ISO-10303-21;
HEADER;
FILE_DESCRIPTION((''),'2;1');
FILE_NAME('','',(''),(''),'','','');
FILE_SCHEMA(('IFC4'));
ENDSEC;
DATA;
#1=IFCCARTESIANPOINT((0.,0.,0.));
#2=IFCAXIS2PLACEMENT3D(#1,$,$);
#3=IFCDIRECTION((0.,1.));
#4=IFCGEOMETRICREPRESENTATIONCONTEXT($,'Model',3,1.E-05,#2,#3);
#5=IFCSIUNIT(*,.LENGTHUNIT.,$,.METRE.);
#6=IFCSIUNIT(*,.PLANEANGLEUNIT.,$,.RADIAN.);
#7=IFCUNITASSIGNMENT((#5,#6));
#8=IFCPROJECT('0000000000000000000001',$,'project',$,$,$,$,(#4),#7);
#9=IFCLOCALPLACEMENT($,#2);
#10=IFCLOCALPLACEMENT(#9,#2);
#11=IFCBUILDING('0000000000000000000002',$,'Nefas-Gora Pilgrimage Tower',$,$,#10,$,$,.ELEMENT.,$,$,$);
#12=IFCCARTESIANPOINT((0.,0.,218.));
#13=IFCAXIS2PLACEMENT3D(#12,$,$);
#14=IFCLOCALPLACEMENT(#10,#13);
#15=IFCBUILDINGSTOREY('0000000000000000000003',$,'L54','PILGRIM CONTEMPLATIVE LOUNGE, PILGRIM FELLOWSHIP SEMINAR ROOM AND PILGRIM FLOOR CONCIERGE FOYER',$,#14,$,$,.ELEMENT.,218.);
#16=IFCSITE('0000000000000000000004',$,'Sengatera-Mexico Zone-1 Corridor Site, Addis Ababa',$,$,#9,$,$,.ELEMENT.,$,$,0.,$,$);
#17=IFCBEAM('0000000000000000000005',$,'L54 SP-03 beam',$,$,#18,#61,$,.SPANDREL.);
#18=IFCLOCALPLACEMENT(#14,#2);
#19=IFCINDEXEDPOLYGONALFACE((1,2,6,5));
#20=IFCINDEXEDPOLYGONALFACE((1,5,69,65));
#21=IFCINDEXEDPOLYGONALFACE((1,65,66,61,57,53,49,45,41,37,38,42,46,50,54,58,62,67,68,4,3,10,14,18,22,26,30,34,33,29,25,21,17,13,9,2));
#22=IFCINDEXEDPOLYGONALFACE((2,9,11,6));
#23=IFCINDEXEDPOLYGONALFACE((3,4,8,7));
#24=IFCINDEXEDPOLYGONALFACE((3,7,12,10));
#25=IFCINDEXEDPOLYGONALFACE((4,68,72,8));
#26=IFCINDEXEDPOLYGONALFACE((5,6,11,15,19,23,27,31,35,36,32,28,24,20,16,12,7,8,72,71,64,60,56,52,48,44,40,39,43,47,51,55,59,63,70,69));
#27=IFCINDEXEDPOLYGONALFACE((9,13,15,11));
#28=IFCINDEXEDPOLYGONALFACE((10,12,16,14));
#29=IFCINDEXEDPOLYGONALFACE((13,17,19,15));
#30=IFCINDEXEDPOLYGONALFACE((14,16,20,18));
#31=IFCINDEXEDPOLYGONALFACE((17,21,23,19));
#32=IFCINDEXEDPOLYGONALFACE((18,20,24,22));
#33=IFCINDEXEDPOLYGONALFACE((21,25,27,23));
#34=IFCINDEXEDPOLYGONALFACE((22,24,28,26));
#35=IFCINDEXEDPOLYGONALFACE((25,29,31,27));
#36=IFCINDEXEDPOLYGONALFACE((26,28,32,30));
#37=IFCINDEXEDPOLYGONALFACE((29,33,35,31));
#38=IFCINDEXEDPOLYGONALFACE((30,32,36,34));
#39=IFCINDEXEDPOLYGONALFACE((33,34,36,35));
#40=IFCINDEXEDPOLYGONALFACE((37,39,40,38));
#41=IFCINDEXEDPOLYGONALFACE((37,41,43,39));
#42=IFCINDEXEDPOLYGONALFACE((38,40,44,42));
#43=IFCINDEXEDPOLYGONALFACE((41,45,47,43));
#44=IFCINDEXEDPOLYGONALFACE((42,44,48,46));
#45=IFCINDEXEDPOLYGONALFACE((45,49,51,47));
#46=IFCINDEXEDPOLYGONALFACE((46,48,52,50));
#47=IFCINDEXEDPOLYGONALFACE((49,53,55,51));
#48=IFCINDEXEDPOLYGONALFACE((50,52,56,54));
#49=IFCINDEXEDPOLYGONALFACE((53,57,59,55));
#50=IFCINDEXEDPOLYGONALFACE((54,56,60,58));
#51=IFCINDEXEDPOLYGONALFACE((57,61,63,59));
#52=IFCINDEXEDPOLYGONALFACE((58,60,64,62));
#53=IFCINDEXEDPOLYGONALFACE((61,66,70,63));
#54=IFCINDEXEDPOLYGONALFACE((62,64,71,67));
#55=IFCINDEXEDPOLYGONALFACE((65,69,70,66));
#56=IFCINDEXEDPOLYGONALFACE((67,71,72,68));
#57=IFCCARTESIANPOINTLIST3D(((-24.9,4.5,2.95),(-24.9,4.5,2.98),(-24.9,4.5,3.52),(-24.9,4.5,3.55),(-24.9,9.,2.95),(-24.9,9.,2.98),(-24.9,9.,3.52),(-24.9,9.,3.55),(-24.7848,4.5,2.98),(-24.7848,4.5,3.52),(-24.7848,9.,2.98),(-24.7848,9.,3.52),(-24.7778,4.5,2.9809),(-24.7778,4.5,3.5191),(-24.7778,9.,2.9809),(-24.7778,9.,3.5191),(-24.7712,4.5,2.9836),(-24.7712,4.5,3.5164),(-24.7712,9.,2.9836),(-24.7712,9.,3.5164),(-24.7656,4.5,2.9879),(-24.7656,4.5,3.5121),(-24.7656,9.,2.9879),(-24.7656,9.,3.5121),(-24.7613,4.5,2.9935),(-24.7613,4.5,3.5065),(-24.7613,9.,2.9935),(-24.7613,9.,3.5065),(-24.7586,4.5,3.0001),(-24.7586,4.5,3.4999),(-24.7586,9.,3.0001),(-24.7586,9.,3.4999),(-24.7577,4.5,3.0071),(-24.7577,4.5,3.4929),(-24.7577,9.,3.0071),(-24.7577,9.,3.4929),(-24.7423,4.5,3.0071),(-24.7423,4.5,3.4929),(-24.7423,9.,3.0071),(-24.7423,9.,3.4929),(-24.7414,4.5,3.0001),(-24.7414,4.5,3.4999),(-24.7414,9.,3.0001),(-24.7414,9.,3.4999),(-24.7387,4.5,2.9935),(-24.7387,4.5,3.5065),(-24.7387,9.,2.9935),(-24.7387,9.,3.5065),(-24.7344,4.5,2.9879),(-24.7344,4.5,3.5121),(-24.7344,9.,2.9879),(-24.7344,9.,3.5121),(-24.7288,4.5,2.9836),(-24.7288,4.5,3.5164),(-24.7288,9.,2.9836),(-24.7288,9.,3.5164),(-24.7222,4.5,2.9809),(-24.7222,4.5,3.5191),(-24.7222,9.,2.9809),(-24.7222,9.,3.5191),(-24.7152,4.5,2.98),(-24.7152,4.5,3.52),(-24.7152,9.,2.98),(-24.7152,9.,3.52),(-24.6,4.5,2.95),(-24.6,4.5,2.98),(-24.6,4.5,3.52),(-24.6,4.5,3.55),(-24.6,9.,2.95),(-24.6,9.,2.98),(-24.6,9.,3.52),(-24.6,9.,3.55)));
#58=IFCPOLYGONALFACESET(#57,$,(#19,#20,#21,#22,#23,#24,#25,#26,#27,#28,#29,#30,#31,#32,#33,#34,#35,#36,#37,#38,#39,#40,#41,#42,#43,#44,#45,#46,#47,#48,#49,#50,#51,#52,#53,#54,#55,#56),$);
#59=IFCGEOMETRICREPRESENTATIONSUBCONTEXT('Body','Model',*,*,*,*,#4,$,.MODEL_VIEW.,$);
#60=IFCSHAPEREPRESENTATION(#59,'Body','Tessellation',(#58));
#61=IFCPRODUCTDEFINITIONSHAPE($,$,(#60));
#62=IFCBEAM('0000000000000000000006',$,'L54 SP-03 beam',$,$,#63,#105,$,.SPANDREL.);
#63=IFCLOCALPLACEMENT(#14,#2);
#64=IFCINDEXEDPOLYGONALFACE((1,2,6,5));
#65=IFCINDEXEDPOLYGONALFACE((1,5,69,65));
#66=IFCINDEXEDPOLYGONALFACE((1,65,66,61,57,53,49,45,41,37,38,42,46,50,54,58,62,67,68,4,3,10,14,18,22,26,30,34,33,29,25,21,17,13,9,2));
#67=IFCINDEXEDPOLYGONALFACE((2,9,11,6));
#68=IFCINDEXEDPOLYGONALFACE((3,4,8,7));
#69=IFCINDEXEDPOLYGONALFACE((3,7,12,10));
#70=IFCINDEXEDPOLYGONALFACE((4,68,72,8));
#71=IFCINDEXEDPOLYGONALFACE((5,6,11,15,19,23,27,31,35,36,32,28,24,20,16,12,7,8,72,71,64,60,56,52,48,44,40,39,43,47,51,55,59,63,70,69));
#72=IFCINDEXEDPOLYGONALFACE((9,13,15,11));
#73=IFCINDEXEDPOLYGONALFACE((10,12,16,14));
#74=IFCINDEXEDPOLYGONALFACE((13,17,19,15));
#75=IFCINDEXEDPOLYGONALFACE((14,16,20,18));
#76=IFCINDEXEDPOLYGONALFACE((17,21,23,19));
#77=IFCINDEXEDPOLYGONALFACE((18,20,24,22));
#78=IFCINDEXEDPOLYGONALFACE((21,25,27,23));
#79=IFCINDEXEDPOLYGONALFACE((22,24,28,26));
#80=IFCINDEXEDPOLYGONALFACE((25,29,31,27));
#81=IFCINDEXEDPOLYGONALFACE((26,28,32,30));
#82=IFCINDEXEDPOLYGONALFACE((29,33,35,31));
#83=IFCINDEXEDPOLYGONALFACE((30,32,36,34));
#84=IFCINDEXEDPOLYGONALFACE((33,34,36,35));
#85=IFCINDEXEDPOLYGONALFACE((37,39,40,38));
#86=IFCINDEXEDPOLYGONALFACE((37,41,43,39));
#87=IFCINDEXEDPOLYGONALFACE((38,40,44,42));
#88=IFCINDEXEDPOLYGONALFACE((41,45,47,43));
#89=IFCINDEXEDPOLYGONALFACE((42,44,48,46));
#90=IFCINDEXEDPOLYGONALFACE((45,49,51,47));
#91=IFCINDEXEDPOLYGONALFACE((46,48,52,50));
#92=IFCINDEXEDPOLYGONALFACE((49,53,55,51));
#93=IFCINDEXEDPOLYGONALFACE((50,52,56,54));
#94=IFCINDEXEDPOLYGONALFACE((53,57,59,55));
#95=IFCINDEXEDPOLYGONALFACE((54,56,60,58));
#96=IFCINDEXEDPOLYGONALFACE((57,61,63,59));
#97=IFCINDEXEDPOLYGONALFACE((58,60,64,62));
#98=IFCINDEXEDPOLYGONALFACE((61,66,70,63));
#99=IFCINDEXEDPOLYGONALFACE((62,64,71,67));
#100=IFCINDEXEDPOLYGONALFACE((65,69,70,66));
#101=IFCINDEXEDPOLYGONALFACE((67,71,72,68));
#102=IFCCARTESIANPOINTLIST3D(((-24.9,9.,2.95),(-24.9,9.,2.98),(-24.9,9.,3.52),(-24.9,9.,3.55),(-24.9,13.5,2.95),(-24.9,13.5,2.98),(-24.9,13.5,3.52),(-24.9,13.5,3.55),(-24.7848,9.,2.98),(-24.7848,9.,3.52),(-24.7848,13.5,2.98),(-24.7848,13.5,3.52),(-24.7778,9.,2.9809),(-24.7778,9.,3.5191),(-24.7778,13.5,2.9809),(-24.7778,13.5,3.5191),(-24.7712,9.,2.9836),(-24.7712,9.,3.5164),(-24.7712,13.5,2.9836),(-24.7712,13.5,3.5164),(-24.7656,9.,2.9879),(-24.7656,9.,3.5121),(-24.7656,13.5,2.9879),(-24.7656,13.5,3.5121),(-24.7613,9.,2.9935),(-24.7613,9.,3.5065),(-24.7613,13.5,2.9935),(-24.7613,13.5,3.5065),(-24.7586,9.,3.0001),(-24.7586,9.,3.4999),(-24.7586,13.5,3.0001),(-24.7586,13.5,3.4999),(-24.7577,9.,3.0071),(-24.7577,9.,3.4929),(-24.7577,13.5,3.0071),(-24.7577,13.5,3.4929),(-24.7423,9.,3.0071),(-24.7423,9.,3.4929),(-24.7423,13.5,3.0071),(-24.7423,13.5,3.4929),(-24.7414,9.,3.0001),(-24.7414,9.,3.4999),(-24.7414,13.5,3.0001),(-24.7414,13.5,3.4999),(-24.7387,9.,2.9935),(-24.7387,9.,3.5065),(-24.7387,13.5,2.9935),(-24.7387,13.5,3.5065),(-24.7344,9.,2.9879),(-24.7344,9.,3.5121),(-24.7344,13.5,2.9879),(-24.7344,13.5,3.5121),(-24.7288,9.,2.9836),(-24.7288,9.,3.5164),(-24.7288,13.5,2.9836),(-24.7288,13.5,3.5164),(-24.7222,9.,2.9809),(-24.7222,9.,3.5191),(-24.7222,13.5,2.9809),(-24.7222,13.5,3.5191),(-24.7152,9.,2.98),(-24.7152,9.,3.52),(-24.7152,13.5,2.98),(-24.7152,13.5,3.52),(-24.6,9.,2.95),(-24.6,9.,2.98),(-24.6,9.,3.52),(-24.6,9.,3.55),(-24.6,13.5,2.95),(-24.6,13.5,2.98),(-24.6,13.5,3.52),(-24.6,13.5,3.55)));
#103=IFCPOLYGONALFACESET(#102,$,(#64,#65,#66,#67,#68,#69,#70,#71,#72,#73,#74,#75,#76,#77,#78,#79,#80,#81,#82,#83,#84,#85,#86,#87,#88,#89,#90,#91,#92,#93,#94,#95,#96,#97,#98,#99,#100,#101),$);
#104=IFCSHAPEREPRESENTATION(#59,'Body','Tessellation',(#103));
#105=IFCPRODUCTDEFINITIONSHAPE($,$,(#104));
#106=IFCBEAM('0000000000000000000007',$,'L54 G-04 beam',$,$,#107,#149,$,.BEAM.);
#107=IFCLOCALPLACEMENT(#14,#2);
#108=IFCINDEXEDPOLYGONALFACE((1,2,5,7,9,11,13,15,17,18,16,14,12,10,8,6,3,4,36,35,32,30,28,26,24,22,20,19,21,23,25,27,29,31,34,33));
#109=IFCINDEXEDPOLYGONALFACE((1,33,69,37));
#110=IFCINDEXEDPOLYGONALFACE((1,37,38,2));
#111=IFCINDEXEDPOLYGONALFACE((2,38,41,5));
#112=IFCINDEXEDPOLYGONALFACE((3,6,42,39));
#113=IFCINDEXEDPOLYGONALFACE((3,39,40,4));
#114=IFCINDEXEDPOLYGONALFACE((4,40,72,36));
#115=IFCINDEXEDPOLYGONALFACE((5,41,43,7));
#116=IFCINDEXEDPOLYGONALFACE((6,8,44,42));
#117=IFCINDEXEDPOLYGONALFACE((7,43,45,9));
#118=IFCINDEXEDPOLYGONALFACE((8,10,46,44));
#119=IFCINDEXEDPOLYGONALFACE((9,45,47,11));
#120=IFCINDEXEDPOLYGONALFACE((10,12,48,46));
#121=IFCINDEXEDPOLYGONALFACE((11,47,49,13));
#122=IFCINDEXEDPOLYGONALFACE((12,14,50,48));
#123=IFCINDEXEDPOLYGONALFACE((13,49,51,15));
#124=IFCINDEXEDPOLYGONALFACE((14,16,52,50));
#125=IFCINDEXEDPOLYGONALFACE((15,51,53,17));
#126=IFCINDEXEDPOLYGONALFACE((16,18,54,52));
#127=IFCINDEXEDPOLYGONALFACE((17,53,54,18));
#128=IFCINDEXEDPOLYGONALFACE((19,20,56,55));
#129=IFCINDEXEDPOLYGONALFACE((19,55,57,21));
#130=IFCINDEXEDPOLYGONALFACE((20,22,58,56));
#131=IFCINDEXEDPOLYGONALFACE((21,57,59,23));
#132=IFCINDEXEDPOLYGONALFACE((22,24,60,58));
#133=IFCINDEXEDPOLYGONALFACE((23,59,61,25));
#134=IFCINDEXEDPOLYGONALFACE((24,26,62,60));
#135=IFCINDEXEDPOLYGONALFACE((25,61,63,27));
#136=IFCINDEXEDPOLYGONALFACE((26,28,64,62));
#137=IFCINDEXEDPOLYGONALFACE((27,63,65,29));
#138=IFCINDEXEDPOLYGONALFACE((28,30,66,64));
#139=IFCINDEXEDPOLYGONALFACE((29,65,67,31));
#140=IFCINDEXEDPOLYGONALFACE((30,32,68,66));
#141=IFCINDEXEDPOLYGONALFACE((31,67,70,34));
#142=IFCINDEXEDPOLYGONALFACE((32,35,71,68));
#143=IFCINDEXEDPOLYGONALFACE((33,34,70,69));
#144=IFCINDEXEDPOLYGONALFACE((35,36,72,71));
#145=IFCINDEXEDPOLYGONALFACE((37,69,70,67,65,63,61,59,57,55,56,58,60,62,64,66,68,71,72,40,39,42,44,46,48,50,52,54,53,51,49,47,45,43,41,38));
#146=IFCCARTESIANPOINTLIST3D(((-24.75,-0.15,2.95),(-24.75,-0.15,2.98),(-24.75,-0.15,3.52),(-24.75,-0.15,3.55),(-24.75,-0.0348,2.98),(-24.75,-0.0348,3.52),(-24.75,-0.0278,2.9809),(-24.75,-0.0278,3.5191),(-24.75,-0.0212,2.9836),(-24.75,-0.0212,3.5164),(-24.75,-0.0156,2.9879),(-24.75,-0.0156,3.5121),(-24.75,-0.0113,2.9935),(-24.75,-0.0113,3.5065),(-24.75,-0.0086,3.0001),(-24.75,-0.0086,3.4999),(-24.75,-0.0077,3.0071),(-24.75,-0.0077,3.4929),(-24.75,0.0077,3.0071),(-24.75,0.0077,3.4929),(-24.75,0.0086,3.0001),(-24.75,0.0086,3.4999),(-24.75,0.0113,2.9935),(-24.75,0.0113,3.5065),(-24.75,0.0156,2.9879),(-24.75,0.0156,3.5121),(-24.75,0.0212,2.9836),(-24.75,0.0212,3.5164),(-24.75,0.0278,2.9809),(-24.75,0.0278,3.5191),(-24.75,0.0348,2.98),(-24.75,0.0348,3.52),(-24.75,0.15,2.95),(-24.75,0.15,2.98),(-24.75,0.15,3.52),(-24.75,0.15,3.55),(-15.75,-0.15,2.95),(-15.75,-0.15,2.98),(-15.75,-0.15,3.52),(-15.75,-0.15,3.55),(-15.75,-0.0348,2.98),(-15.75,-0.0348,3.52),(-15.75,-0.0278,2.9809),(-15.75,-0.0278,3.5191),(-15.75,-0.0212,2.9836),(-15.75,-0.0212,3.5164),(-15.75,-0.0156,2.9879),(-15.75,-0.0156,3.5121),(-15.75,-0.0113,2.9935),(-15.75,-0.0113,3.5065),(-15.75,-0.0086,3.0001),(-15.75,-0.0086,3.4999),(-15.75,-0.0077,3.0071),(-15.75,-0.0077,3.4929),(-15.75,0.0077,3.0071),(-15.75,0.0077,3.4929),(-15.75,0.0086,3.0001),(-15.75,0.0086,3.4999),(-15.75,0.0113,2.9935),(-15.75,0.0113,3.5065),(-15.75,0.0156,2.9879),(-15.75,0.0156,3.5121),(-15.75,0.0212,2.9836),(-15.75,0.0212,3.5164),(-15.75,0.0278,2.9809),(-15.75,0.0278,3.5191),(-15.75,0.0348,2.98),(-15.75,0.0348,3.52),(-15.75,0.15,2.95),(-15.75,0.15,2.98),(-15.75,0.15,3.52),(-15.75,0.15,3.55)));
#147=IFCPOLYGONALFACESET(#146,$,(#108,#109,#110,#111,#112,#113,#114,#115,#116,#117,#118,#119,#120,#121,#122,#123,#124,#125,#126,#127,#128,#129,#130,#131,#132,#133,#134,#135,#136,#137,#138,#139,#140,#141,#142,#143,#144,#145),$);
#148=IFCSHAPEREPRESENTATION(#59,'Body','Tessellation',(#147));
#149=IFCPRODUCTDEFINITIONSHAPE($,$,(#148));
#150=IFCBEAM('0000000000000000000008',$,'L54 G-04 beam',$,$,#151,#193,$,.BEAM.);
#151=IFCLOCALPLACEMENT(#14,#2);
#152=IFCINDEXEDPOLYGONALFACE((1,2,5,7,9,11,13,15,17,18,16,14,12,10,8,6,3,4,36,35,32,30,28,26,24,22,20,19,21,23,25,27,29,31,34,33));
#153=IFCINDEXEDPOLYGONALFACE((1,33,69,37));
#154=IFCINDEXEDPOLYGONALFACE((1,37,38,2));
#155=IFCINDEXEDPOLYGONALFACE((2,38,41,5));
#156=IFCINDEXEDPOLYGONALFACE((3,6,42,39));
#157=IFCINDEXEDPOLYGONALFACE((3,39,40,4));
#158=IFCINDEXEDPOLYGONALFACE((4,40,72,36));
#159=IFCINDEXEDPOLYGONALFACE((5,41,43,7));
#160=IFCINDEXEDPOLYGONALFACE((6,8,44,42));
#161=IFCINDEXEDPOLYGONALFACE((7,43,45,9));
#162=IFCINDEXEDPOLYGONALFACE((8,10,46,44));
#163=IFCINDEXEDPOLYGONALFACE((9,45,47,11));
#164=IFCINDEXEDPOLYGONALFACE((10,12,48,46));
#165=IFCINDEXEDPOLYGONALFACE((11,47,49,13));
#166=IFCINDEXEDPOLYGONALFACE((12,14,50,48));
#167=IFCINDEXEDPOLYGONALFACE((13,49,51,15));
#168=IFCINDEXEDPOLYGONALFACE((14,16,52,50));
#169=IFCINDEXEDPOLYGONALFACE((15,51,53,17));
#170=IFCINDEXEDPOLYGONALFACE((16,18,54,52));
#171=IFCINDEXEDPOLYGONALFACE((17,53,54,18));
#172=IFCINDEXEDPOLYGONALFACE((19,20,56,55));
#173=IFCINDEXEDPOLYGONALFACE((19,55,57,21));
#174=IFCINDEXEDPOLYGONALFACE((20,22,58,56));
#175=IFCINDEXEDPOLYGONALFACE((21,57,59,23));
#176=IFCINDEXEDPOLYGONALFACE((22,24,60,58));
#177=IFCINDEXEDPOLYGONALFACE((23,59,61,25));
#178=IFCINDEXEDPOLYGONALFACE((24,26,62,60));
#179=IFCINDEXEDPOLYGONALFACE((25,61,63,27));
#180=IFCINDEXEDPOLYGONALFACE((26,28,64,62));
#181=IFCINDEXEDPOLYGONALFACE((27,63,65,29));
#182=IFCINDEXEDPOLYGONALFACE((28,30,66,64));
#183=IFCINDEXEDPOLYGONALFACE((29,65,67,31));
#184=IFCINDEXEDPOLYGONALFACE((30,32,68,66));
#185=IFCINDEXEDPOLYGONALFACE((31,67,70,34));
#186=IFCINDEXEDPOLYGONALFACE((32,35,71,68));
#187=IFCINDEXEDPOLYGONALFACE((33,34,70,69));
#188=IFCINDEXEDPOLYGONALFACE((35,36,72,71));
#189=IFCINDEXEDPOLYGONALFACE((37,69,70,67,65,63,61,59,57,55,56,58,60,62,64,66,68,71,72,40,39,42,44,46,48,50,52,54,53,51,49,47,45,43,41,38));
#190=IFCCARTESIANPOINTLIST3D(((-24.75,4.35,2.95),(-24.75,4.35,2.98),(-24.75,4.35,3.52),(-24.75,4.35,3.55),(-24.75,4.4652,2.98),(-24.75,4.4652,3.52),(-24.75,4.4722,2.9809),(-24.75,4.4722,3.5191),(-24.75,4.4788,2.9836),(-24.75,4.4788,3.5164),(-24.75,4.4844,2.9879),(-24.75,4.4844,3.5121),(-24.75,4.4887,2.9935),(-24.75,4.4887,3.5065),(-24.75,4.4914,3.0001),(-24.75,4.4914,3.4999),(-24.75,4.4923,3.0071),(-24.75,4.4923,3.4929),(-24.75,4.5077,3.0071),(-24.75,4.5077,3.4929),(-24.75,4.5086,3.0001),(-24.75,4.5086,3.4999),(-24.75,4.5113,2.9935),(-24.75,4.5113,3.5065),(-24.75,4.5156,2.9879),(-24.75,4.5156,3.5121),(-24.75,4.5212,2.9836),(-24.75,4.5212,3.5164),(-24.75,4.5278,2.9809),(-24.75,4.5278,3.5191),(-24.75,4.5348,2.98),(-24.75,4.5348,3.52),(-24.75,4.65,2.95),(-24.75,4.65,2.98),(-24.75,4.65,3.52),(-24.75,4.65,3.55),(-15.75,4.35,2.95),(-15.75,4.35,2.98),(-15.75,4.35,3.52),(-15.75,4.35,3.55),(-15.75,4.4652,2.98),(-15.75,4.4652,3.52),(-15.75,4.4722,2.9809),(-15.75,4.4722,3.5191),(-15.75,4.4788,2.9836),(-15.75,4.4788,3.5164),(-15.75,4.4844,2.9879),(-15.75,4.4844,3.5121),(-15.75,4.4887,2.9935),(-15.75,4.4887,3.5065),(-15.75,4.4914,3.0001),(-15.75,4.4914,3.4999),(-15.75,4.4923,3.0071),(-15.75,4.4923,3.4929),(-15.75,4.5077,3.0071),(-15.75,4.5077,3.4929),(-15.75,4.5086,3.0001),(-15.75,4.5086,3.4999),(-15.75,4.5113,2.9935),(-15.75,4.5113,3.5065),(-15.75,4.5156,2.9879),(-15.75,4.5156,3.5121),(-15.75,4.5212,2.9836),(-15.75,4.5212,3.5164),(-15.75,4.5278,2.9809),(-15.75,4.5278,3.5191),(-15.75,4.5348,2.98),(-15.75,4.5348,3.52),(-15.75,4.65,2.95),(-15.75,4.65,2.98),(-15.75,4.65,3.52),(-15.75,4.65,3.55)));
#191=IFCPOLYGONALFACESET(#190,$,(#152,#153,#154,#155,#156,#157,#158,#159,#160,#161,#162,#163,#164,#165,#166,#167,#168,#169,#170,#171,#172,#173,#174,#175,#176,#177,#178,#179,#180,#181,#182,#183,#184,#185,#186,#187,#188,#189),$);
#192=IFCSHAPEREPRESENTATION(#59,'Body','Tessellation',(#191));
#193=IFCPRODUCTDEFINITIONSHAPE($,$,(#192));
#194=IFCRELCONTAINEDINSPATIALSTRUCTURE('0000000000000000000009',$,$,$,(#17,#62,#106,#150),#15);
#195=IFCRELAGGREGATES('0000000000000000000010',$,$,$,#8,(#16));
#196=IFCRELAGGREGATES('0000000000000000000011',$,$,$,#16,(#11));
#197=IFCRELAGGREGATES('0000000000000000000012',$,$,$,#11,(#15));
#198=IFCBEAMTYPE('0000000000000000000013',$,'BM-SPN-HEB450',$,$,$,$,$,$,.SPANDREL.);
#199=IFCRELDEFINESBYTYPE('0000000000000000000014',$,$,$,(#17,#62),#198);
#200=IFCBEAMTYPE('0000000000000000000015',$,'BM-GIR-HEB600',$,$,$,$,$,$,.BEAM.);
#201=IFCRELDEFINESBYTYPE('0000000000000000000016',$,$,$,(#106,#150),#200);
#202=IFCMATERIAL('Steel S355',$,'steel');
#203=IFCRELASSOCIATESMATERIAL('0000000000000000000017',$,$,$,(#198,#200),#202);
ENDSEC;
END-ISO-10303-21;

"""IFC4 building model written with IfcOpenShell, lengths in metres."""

from ifc_helpers import new_model, si_unit, direction, frame, origin, origin_2d, place, context, subcontext, project, spatial, i_section, extrude, source, transform, mapped, material, material_profile, profile_set, type_object, element, save


model = new_model("IFC4")

# Units and contexts
model_context = context("Model", 3, precision=1e-05, world=origin(), true_north=direction((0.0, 1.0)))
body_context = subcontext(model_context, "Body", "Model", "MODEL_VIEW")
ifc_project = project(units=[si_unit("LENGTHUNIT", "METRE"), si_unit("PLANEANGLEUNIT", "RADIAN")], contexts=[model_context])

# Site, building, storey
site_placement = place(None, origin())
site = spatial("IfcSite", under=ifc_project, at=site_placement, Name="Sengatera-Mexico Zone-1 Corridor Site, Addis Ababa", CompositionType="ELEMENT", RefElevation=0.0)
building_placement = place(site_placement, origin())
building = spatial("IfcBuilding", under=site, at=building_placement, Name="Nefas-Gora Pilgrimage Tower", CompositionType="ELEMENT")
storey_placement = place(building_placement, frame((0.0, 0.0, 218.0)))
storey = spatial("IfcBuildingStorey", under=building, at=storey_placement, Name="L54", Description="PILGRIM CONTEMPLATIVE LOUNGE, PILGRIM FELLOWSHIP SEMINAR ROOM AND PILGRIM FLOOR CONCIERGE FOYER", CompositionType="ELEMENT", Elevation=218.0)

# Beams
ifc_material_1 = material(Name="Steel S355", Category="steel")
ifc_material_profile_1 = material_profile(ifc_material_1, i_section(OverallWidth=0.3, OverallDepth=0.6001, WebThickness=0.0154, FlangeThickness=0.03, FilletRadius=0.0271, at=origin_2d()), Name="HEB 600")
ifc_profile_set_1 = profile_set([ifc_material_profile_1], Name="Steel S355")
beam_type_1 = type_object("IfcBeamType", Name="BM-SPN-HEB450", PredefinedType="SPANDREL", material=ifc_profile_set_1)
shared_shape_1 = source(origin(), body_context, "Body", "SweptSolid", [
    extrude(i_section(OverallWidth=0.3, OverallDepth=0.6001, WebThickness=0.0154, FlangeThickness=0.03, FilletRadius=0.0271, at=origin_2d()), origin(), (0.0, 0.0, 1.0), 4.5),
])
for number, where, z_axis, x_axis, name in (
    (1, (-24.75, 4.5, 3.25), (0.0, 1.0, 0.0), (-1.0, 0.0, 0.0), "L54 SP-03 beam"),
    (2, (-24.75, 9.0, 3.25), (0.0, 1.0, 0.0), (-1.0, 0.0, 0.0), "L54 SP-03 beam"),
):
    element("IfcBeam", number, at=place(storey_placement, frame(where, z_axis=z_axis, x_axis=x_axis)), inside=storey, type_object=beam_type_1, Name=name, PredefinedType="SPANDREL", context=body_context, shape_type="MappedRepresentation", body=[
        mapped(shared_shape_1, transform((0.0, 0.0, 0.0), x_axis=(1.0, 0.0, 0.0), y_axis=(0.0, 1.0, 0.0), z_axis=(0.0, 0.0, 1.0), scale=1.0)),
    ])
ifc_material_profile_2 = material_profile(ifc_material_1, i_section(OverallWidth=0.3, OverallDepth=0.6001, WebThickness=0.0154, FlangeThickness=0.03, FilletRadius=0.0271, at=origin_2d()), Name="HEB 600")
ifc_profile_set_2 = profile_set([ifc_material_profile_2], Name="Steel S355")
beam_type_2 = type_object("IfcBeamType", Name="BM-GIR-HEB600", PredefinedType="BEAM", material=ifc_profile_set_2)
shared_shape_2 = source(origin(), body_context, "Body", "SweptSolid", [
    extrude(i_section(OverallWidth=0.3, OverallDepth=0.6001, WebThickness=0.0154, FlangeThickness=0.03, FilletRadius=0.0271, at=origin_2d()), origin(), (0.0, 0.0, 1.0), 9.0),
])
for number, where, z_axis, x_axis, name in (
    (3, (-24.75, 0.0, 3.25), (1.0, 0.0, 0.0), (0.0, 1.0, 0.0), "L54 G-04 beam"),
    (4, (-24.75, 4.5, 3.25), (1.0, 0.0, 0.0), (0.0, 1.0, 0.0), "L54 G-04 beam"),
):
    element("IfcBeam", number, at=place(storey_placement, frame(where, z_axis=z_axis, x_axis=x_axis)), inside=storey, type_object=beam_type_2, Name=name, PredefinedType="BEAM", context=body_context, shape_type="MappedRepresentation", body=[
        mapped(shared_shape_2, transform((0.0, 0.0, 0.0), x_axis=(1.0, 0.0, 0.0), y_axis=(0.0, 1.0, 0.0), z_axis=(0.0, 0.0, 1.0), scale=1.0)),
    ])

save(model, "model.ifc")
